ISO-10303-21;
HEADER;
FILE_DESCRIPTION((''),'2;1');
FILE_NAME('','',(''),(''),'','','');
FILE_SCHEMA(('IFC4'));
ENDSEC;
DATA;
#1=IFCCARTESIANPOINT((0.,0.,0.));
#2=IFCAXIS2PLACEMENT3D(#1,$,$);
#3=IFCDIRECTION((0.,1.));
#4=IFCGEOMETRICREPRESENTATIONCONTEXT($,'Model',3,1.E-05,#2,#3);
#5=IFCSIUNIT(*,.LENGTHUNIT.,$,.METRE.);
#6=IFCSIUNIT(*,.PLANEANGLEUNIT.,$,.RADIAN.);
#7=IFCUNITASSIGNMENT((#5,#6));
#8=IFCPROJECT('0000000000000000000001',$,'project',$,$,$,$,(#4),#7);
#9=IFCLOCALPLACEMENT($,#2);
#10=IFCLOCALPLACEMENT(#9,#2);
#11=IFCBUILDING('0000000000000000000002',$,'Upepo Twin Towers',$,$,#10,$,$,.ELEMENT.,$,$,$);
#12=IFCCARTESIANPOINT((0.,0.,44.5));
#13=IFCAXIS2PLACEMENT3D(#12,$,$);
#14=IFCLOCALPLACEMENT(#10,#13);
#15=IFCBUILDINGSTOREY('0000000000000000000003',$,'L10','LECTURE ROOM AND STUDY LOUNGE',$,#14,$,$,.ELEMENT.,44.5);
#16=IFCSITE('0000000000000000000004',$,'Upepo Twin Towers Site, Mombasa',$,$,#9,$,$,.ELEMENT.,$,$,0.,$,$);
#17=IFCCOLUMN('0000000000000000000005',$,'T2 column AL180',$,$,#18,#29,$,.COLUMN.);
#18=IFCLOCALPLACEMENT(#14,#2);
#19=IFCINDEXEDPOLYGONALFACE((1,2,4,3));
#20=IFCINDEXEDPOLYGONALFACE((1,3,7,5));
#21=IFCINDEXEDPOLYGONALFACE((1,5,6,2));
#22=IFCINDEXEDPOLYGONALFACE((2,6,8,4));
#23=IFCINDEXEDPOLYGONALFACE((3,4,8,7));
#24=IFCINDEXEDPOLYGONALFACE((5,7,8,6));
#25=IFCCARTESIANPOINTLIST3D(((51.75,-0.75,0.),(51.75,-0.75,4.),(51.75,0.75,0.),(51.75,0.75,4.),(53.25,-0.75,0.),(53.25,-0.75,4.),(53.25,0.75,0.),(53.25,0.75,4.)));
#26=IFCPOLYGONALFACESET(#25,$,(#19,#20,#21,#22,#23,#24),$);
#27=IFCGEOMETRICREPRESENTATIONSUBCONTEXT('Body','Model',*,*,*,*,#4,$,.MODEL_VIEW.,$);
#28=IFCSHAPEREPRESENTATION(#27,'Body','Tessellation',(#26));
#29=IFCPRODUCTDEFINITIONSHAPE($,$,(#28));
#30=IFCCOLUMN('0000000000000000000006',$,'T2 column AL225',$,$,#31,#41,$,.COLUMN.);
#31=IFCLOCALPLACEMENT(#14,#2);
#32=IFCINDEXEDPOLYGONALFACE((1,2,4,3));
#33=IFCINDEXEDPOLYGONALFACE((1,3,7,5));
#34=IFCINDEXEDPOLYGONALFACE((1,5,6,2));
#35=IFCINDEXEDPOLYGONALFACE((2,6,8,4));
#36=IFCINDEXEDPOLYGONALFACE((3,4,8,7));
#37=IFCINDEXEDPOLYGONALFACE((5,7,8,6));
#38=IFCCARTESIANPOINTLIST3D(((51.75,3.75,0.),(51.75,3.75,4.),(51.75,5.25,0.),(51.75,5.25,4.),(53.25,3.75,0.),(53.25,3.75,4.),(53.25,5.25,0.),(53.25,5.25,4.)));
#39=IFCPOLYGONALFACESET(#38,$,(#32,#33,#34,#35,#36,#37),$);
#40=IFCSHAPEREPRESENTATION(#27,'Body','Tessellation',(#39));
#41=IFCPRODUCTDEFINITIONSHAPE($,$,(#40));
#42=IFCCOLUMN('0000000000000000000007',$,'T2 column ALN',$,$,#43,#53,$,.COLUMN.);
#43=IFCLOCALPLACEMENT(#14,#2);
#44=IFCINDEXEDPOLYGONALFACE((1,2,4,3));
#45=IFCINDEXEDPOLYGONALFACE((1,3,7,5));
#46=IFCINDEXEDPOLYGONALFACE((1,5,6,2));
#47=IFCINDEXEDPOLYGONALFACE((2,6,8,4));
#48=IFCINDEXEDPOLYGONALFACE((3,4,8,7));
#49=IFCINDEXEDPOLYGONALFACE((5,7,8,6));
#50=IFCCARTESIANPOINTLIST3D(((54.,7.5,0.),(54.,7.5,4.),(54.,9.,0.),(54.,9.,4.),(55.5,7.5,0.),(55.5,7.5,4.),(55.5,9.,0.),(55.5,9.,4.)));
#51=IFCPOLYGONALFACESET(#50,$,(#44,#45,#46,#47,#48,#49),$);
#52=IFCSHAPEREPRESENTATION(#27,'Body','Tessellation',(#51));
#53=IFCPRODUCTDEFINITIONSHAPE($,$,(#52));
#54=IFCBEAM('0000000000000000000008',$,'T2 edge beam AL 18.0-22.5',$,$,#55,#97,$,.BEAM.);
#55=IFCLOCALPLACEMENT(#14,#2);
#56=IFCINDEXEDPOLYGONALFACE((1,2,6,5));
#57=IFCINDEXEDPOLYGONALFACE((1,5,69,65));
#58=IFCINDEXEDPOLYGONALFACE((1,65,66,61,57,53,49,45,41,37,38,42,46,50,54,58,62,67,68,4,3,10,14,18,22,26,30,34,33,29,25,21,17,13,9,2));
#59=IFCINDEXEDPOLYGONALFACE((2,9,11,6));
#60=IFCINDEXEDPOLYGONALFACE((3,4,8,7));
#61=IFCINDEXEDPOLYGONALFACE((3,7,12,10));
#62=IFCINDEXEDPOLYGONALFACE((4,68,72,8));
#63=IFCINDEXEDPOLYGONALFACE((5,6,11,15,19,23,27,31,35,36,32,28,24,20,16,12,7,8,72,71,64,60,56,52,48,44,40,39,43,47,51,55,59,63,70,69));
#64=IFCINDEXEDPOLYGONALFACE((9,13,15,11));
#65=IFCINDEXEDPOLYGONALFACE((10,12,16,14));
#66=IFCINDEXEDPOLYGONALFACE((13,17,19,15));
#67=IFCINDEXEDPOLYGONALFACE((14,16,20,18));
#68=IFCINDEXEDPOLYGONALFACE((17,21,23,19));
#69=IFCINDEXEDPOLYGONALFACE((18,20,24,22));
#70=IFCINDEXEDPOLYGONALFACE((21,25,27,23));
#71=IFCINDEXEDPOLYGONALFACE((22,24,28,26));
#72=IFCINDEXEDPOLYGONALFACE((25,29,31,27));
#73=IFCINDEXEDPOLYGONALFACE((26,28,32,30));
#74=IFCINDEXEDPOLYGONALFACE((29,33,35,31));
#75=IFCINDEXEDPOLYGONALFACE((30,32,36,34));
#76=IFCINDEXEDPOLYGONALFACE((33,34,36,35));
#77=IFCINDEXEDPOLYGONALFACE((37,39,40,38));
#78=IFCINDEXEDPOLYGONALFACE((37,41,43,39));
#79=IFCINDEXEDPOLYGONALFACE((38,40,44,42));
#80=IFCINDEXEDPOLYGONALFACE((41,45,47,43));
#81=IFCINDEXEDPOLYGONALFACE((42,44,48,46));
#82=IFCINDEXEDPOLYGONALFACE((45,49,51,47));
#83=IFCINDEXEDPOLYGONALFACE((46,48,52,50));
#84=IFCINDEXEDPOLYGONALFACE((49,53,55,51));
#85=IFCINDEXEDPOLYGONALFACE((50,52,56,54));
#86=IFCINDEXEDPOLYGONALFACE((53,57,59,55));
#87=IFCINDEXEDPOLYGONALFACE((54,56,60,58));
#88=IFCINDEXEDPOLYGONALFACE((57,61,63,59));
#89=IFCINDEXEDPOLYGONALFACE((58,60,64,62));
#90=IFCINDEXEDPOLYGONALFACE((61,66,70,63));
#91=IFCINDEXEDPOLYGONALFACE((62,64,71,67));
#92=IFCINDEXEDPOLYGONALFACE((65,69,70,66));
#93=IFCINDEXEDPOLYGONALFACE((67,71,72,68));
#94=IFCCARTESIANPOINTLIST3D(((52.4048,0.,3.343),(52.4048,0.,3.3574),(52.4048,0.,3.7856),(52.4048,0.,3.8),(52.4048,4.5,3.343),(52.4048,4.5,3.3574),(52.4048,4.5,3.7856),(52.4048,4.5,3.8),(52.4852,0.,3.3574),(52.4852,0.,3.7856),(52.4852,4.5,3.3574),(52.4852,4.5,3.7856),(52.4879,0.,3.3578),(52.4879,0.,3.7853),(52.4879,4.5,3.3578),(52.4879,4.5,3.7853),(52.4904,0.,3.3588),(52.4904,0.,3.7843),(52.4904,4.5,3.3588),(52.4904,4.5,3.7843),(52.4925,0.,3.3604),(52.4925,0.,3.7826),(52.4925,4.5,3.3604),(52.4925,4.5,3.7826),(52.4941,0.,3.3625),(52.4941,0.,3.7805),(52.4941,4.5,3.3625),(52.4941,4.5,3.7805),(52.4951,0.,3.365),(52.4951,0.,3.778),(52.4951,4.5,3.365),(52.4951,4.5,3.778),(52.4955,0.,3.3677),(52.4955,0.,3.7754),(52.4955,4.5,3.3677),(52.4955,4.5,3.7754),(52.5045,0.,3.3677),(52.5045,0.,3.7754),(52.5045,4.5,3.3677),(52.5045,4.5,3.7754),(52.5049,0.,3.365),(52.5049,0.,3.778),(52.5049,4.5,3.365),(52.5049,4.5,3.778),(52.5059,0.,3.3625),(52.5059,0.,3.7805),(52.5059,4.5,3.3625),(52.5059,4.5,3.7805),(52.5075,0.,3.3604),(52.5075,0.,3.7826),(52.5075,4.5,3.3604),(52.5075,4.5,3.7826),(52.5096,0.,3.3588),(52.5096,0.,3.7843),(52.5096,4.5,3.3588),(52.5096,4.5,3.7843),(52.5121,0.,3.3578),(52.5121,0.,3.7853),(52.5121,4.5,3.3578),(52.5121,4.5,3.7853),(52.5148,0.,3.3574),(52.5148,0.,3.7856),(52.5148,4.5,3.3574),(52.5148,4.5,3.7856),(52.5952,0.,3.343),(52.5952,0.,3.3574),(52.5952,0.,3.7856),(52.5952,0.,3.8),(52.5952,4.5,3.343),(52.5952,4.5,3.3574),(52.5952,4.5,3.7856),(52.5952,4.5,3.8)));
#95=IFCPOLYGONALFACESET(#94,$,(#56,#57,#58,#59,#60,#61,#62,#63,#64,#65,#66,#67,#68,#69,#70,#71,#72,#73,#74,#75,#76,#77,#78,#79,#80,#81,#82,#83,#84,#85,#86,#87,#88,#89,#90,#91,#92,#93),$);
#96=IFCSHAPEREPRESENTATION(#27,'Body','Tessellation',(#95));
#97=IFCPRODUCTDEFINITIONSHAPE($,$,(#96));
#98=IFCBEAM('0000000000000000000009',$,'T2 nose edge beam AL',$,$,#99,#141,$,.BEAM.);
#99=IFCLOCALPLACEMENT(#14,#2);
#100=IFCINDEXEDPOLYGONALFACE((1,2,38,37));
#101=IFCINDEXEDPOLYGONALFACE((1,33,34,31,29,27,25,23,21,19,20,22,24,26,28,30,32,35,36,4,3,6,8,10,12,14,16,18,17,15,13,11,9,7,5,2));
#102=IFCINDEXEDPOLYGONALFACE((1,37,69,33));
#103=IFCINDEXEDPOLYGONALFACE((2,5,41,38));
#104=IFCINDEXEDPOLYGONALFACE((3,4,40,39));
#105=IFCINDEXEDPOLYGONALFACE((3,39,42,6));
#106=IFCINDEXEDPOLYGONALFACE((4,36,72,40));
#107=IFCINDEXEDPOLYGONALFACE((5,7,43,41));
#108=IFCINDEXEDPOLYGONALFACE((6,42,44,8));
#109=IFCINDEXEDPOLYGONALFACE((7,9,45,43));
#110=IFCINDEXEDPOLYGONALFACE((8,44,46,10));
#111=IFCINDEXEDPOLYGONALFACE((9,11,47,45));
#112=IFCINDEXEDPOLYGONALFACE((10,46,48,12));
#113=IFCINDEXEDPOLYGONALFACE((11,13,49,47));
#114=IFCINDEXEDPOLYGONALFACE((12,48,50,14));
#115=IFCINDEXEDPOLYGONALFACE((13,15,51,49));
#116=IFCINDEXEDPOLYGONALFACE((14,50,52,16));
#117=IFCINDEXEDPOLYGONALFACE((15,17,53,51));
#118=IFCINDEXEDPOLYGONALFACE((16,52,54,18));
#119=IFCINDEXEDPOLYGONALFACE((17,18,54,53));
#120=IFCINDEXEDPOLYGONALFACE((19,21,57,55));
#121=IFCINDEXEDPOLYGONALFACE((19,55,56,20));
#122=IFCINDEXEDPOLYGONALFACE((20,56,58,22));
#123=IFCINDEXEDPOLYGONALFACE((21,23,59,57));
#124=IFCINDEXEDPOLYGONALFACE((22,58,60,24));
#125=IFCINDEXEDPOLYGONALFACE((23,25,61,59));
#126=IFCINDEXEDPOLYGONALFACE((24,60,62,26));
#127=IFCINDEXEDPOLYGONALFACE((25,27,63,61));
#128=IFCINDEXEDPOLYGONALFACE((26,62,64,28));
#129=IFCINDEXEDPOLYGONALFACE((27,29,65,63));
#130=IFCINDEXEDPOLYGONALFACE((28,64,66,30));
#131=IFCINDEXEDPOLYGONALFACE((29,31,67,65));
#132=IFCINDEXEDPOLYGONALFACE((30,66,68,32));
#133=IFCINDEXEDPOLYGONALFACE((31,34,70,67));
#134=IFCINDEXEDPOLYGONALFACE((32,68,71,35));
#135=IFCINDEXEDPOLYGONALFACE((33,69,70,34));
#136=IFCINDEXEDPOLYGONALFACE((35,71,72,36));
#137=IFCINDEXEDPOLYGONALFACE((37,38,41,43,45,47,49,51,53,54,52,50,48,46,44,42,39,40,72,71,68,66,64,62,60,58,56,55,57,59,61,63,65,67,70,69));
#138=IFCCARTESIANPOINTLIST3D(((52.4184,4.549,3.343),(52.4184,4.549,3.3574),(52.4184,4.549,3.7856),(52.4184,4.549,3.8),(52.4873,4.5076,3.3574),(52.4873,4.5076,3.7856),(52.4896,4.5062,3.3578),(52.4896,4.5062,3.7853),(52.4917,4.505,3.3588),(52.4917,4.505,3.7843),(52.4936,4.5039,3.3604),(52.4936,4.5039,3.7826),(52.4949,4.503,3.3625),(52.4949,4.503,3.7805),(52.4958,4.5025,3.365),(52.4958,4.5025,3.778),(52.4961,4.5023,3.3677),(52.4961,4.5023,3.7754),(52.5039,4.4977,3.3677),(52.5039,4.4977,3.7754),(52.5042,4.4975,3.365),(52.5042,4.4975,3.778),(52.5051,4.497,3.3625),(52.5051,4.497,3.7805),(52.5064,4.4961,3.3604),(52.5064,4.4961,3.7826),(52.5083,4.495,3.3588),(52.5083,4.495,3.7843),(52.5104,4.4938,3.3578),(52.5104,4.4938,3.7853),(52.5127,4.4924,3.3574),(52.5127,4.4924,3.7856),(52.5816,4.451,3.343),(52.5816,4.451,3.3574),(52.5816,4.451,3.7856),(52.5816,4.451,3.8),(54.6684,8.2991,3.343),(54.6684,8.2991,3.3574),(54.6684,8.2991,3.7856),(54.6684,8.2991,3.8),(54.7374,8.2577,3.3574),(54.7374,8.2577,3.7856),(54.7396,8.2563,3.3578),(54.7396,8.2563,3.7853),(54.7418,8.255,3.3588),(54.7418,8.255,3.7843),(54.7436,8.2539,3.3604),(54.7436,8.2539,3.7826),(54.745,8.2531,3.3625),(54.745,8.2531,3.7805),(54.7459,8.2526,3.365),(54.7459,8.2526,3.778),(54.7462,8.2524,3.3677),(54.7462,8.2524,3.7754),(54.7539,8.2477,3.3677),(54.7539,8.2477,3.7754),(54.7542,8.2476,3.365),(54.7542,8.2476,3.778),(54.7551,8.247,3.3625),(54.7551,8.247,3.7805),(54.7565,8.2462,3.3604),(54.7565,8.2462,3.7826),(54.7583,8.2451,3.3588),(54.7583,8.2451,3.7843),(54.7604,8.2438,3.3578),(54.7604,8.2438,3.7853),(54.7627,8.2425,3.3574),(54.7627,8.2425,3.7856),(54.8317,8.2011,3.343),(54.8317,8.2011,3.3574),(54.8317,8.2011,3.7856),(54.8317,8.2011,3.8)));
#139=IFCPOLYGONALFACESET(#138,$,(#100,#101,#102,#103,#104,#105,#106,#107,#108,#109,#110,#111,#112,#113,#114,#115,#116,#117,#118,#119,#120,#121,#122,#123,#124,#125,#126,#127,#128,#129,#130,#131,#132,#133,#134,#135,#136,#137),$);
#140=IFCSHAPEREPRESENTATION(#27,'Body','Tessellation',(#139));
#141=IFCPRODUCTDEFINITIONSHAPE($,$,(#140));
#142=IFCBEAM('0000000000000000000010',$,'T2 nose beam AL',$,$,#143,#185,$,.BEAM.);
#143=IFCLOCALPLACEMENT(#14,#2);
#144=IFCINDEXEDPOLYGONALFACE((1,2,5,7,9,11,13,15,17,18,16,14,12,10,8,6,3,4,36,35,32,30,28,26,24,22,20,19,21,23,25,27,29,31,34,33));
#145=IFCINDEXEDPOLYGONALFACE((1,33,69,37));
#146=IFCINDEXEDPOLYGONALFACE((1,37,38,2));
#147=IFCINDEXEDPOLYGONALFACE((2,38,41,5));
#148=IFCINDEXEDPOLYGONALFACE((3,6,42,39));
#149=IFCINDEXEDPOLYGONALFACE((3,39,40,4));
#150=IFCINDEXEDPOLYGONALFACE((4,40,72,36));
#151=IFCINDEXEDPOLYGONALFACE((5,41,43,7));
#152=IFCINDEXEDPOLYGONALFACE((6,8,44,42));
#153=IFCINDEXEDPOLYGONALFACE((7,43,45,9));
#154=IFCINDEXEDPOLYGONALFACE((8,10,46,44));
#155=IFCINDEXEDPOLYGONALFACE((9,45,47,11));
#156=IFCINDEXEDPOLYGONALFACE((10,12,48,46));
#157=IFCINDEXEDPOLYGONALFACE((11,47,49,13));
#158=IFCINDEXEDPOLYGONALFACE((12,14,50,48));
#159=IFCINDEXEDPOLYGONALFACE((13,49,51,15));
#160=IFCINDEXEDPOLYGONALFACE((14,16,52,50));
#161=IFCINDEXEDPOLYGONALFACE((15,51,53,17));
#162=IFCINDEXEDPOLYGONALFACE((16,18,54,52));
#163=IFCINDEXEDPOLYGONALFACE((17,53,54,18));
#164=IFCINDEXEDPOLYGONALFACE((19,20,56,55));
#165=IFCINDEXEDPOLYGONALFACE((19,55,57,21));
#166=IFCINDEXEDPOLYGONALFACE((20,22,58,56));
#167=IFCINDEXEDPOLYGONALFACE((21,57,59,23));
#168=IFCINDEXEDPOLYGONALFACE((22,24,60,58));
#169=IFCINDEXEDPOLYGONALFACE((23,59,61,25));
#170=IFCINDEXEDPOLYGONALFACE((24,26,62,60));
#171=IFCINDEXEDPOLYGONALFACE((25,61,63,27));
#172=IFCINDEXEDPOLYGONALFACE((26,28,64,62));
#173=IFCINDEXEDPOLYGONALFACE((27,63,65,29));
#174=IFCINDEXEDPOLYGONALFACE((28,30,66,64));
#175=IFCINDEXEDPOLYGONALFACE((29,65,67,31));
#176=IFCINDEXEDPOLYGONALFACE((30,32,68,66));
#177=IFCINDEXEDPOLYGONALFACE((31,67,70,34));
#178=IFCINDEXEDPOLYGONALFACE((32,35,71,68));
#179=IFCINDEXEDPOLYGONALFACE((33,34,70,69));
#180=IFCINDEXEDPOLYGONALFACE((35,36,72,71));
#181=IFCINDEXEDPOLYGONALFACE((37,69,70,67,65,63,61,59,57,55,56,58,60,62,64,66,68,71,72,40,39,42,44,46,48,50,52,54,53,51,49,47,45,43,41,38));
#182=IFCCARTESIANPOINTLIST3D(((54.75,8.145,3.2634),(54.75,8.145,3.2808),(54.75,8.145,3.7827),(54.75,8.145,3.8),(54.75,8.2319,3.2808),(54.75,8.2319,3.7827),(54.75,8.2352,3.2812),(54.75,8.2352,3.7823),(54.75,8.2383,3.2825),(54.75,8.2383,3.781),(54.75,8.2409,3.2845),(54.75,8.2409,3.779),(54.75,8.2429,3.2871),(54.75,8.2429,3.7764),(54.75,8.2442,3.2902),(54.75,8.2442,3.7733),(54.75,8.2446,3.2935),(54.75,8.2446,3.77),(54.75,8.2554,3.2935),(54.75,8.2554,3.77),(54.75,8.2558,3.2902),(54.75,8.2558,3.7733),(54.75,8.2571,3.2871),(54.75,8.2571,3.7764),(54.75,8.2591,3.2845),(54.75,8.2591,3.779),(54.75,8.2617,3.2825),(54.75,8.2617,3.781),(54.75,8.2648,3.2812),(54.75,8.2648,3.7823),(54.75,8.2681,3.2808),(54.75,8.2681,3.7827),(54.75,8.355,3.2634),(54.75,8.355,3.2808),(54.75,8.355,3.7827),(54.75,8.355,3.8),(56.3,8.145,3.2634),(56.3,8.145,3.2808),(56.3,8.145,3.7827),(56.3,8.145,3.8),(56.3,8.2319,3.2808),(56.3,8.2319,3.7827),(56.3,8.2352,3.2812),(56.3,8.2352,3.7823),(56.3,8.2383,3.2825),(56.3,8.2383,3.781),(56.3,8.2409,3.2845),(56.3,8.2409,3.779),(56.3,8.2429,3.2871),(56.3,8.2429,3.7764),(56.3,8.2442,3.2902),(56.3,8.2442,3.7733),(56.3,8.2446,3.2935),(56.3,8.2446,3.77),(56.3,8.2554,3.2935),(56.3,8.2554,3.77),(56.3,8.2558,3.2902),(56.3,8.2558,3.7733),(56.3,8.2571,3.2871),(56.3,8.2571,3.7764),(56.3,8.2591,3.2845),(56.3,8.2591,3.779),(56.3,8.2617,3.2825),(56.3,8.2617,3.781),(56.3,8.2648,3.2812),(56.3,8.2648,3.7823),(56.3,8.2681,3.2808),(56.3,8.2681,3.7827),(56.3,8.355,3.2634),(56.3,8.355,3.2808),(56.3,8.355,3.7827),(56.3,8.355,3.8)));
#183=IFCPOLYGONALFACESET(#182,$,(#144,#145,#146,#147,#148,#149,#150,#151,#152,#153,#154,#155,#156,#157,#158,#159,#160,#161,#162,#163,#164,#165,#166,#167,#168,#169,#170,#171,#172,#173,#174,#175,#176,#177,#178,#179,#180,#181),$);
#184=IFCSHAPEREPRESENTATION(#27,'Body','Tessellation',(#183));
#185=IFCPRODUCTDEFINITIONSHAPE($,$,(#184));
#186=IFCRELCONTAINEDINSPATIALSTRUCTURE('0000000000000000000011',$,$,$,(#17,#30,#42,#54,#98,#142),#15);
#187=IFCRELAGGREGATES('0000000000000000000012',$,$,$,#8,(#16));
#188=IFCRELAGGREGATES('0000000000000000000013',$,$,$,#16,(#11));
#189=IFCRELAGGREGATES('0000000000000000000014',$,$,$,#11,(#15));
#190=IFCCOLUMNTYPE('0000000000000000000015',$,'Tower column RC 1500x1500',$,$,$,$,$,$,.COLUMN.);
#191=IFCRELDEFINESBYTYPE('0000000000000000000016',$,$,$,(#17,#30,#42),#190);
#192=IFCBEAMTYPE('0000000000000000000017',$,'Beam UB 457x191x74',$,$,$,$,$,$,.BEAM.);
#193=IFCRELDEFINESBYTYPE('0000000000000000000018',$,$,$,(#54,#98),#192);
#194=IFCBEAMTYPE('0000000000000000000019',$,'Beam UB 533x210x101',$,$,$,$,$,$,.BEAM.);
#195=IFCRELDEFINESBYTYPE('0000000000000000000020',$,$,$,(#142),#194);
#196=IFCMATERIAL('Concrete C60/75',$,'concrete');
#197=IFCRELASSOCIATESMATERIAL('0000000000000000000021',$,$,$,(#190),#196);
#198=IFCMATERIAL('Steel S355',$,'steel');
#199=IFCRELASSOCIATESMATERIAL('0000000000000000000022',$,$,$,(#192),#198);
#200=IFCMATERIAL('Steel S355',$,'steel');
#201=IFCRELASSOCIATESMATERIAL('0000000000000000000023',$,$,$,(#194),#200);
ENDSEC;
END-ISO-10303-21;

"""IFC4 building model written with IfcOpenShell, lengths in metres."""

from ifc_helpers import new_model, si_unit, direction, frame, origin, origin_2d, place, context, subcontext, project, spatial, rectangle, i_section, extrude, material, material_profile, profile_set, type_object, element, save


model = new_model("IFC4")

# Units and contexts
model_context = context("Model", 3, precision=1e-05, world=origin(), true_north=direction((0.0, 1.0)))
body_context = subcontext(model_context, "Body", "Model", "MODEL_VIEW")
ifc_project = project(units=[si_unit("LENGTHUNIT", "METRE"), si_unit("PLANEANGLEUNIT", "RADIAN")], contexts=[model_context])

# Site, building, storey
site_placement = place(None, origin())
site = spatial("IfcSite", under=ifc_project, at=site_placement, Name="Upepo Twin Towers Site, Mombasa", CompositionType="ELEMENT", RefElevation=0.0)
building_placement = place(site_placement, origin())
building = spatial("IfcBuilding", under=site, at=building_placement, Name="Upepo Twin Towers", CompositionType="ELEMENT")
storey_placement = place(building_placement, frame((0.0, 0.0, 44.5)))
storey = spatial("IfcBuildingStorey", under=building, at=storey_placement, Name="L10", Description="LECTURE ROOM AND STUDY LOUNGE", CompositionType="ELEMENT", Elevation=44.5)

# Columns
ifc_material_1 = material(Name="Concrete C60/75", Category="concrete")
ifc_material_profile_1 = material_profile(ifc_material_1, rectangle(XDim=1.5, YDim=1.5, at=origin_2d()), Name="RC 1500x1500")
ifc_profile_set_1 = profile_set([ifc_material_profile_1], Name="Concrete C60/75")
column_type = type_object("IfcColumnType", Name="Tower column RC 1500x1500", PredefinedType="COLUMN", material=ifc_profile_set_1)
for number, where, z_axis, x_axis, name in (
    (1, (52.5, 0.0, 0.0), (0.0, 0.0, 1.0), (1.0, 0.0, 0.0), "T2 column AL180"),
    (2, (52.5, 4.5, 0.0), (0.0, 0.0, 1.0), (1.0, 0.0, 0.0), "T2 column AL225"),
    (3, (54.75, 8.25, 0.0), (0.0, 0.0, 1.0), (1.0, 0.0, 0.0), "T2 column ALN"),
):
    element("IfcColumn", number, at=place(storey_placement, frame(where, z_axis=z_axis, x_axis=x_axis)), inside=storey, type_object=column_type, Name=name, PredefinedType="COLUMN", context=body_context, shape_type="SweptSolid", body=[
        extrude(rectangle(XDim=1.5, YDim=1.5, at=origin_2d()), origin(), (0.0, 0.0, 1.0), 4.0),
    ])

# Beams
ifc_material_2 = material(Name="Steel S355", Category="steel")
ifc_material_profile_2 = material_profile(ifc_material_2, i_section(OverallWidth=0.1904, OverallDepth=0.457, WebThickness=0.009, FlangeThickness=0.0144, FilletRadius=0.0103, at=origin_2d()), Name="UB 457x191x74")
ifc_profile_set_2 = profile_set([ifc_material_profile_2], Name="Steel S355")
beam_type_1 = type_object("IfcBeamType", Name="Beam UB 457x191x74", PredefinedType="BEAM", material=ifc_profile_set_2)
beam_1_placement = place(storey_placement, frame((52.5, 0.0, 3.5715), z_axis=(0.0, 1.0, 0.0), x_axis=(-1.0, 0.0, 0.0)))
element("IfcBeam", 4, at=beam_1_placement, inside=storey, type_object=beam_type_1, Name="T2 edge beam AL 18.0-22.5", PredefinedType="BEAM", context=body_context, shape_type="SweptSolid", body=[
    extrude(i_section(OverallWidth=0.1904, OverallDepth=0.457, WebThickness=0.009, FlangeThickness=0.0144, FilletRadius=0.0103, at=origin_2d()), origin(), (0.0, 0.0, 1.0), 4.5),
])
beam_2_placement = place(storey_placement, frame((52.5, 4.5, 3.5715), z_axis=(0.514496, 0.857493, 0.0), x_axis=(-0.857493, 0.514496, 0.0)))
element("IfcBeam", 5, at=beam_2_placement, inside=storey, type_object=beam_type_1, Name="T2 nose edge beam AL", PredefinedType="BEAM", context=body_context, shape_type="SweptSolid", body=[
    extrude(i_section(OverallWidth=0.1904, OverallDepth=0.457, WebThickness=0.009, FlangeThickness=0.0144, FilletRadius=0.0103, at=origin_2d()), origin(), (0.0, 0.0, 1.0), 4.3733),
])
ifc_material_3 = material(Name="Steel S355", Category="steel")
ifc_material_profile_3 = material_profile(ifc_material_3, i_section(OverallWidth=0.21, OverallDepth=0.5366, WebThickness=0.0107, FlangeThickness=0.0173, FilletRadius=0.0127, at=origin_2d()), Name="UB 533x210x101")
ifc_profile_set_3 = profile_set([ifc_material_profile_3], Name="Steel S355")
beam_type_2 = type_object("IfcBeamType", Name="Beam UB 533x210x101", PredefinedType="BEAM", material=ifc_profile_set_3)
beam_3_placement = place(storey_placement, frame((54.75, 8.25, 3.5317), z_axis=(1.0, 0.0, 0.0), x_axis=(0.0, 1.0, 0.0)))
element("IfcBeam", 6, at=beam_3_placement, inside=storey, type_object=beam_type_2, Name="T2 nose beam AL", PredefinedType="BEAM", context=body_context, shape_type="SweptSolid", body=[
    extrude(i_section(OverallWidth=0.21, OverallDepth=0.5366, WebThickness=0.0107, FlangeThickness=0.0173, FilletRadius=0.0127, at=origin_2d()), origin(), (0.0, 0.0, 1.0), 1.55),
])

save(model, "model.ifc")
